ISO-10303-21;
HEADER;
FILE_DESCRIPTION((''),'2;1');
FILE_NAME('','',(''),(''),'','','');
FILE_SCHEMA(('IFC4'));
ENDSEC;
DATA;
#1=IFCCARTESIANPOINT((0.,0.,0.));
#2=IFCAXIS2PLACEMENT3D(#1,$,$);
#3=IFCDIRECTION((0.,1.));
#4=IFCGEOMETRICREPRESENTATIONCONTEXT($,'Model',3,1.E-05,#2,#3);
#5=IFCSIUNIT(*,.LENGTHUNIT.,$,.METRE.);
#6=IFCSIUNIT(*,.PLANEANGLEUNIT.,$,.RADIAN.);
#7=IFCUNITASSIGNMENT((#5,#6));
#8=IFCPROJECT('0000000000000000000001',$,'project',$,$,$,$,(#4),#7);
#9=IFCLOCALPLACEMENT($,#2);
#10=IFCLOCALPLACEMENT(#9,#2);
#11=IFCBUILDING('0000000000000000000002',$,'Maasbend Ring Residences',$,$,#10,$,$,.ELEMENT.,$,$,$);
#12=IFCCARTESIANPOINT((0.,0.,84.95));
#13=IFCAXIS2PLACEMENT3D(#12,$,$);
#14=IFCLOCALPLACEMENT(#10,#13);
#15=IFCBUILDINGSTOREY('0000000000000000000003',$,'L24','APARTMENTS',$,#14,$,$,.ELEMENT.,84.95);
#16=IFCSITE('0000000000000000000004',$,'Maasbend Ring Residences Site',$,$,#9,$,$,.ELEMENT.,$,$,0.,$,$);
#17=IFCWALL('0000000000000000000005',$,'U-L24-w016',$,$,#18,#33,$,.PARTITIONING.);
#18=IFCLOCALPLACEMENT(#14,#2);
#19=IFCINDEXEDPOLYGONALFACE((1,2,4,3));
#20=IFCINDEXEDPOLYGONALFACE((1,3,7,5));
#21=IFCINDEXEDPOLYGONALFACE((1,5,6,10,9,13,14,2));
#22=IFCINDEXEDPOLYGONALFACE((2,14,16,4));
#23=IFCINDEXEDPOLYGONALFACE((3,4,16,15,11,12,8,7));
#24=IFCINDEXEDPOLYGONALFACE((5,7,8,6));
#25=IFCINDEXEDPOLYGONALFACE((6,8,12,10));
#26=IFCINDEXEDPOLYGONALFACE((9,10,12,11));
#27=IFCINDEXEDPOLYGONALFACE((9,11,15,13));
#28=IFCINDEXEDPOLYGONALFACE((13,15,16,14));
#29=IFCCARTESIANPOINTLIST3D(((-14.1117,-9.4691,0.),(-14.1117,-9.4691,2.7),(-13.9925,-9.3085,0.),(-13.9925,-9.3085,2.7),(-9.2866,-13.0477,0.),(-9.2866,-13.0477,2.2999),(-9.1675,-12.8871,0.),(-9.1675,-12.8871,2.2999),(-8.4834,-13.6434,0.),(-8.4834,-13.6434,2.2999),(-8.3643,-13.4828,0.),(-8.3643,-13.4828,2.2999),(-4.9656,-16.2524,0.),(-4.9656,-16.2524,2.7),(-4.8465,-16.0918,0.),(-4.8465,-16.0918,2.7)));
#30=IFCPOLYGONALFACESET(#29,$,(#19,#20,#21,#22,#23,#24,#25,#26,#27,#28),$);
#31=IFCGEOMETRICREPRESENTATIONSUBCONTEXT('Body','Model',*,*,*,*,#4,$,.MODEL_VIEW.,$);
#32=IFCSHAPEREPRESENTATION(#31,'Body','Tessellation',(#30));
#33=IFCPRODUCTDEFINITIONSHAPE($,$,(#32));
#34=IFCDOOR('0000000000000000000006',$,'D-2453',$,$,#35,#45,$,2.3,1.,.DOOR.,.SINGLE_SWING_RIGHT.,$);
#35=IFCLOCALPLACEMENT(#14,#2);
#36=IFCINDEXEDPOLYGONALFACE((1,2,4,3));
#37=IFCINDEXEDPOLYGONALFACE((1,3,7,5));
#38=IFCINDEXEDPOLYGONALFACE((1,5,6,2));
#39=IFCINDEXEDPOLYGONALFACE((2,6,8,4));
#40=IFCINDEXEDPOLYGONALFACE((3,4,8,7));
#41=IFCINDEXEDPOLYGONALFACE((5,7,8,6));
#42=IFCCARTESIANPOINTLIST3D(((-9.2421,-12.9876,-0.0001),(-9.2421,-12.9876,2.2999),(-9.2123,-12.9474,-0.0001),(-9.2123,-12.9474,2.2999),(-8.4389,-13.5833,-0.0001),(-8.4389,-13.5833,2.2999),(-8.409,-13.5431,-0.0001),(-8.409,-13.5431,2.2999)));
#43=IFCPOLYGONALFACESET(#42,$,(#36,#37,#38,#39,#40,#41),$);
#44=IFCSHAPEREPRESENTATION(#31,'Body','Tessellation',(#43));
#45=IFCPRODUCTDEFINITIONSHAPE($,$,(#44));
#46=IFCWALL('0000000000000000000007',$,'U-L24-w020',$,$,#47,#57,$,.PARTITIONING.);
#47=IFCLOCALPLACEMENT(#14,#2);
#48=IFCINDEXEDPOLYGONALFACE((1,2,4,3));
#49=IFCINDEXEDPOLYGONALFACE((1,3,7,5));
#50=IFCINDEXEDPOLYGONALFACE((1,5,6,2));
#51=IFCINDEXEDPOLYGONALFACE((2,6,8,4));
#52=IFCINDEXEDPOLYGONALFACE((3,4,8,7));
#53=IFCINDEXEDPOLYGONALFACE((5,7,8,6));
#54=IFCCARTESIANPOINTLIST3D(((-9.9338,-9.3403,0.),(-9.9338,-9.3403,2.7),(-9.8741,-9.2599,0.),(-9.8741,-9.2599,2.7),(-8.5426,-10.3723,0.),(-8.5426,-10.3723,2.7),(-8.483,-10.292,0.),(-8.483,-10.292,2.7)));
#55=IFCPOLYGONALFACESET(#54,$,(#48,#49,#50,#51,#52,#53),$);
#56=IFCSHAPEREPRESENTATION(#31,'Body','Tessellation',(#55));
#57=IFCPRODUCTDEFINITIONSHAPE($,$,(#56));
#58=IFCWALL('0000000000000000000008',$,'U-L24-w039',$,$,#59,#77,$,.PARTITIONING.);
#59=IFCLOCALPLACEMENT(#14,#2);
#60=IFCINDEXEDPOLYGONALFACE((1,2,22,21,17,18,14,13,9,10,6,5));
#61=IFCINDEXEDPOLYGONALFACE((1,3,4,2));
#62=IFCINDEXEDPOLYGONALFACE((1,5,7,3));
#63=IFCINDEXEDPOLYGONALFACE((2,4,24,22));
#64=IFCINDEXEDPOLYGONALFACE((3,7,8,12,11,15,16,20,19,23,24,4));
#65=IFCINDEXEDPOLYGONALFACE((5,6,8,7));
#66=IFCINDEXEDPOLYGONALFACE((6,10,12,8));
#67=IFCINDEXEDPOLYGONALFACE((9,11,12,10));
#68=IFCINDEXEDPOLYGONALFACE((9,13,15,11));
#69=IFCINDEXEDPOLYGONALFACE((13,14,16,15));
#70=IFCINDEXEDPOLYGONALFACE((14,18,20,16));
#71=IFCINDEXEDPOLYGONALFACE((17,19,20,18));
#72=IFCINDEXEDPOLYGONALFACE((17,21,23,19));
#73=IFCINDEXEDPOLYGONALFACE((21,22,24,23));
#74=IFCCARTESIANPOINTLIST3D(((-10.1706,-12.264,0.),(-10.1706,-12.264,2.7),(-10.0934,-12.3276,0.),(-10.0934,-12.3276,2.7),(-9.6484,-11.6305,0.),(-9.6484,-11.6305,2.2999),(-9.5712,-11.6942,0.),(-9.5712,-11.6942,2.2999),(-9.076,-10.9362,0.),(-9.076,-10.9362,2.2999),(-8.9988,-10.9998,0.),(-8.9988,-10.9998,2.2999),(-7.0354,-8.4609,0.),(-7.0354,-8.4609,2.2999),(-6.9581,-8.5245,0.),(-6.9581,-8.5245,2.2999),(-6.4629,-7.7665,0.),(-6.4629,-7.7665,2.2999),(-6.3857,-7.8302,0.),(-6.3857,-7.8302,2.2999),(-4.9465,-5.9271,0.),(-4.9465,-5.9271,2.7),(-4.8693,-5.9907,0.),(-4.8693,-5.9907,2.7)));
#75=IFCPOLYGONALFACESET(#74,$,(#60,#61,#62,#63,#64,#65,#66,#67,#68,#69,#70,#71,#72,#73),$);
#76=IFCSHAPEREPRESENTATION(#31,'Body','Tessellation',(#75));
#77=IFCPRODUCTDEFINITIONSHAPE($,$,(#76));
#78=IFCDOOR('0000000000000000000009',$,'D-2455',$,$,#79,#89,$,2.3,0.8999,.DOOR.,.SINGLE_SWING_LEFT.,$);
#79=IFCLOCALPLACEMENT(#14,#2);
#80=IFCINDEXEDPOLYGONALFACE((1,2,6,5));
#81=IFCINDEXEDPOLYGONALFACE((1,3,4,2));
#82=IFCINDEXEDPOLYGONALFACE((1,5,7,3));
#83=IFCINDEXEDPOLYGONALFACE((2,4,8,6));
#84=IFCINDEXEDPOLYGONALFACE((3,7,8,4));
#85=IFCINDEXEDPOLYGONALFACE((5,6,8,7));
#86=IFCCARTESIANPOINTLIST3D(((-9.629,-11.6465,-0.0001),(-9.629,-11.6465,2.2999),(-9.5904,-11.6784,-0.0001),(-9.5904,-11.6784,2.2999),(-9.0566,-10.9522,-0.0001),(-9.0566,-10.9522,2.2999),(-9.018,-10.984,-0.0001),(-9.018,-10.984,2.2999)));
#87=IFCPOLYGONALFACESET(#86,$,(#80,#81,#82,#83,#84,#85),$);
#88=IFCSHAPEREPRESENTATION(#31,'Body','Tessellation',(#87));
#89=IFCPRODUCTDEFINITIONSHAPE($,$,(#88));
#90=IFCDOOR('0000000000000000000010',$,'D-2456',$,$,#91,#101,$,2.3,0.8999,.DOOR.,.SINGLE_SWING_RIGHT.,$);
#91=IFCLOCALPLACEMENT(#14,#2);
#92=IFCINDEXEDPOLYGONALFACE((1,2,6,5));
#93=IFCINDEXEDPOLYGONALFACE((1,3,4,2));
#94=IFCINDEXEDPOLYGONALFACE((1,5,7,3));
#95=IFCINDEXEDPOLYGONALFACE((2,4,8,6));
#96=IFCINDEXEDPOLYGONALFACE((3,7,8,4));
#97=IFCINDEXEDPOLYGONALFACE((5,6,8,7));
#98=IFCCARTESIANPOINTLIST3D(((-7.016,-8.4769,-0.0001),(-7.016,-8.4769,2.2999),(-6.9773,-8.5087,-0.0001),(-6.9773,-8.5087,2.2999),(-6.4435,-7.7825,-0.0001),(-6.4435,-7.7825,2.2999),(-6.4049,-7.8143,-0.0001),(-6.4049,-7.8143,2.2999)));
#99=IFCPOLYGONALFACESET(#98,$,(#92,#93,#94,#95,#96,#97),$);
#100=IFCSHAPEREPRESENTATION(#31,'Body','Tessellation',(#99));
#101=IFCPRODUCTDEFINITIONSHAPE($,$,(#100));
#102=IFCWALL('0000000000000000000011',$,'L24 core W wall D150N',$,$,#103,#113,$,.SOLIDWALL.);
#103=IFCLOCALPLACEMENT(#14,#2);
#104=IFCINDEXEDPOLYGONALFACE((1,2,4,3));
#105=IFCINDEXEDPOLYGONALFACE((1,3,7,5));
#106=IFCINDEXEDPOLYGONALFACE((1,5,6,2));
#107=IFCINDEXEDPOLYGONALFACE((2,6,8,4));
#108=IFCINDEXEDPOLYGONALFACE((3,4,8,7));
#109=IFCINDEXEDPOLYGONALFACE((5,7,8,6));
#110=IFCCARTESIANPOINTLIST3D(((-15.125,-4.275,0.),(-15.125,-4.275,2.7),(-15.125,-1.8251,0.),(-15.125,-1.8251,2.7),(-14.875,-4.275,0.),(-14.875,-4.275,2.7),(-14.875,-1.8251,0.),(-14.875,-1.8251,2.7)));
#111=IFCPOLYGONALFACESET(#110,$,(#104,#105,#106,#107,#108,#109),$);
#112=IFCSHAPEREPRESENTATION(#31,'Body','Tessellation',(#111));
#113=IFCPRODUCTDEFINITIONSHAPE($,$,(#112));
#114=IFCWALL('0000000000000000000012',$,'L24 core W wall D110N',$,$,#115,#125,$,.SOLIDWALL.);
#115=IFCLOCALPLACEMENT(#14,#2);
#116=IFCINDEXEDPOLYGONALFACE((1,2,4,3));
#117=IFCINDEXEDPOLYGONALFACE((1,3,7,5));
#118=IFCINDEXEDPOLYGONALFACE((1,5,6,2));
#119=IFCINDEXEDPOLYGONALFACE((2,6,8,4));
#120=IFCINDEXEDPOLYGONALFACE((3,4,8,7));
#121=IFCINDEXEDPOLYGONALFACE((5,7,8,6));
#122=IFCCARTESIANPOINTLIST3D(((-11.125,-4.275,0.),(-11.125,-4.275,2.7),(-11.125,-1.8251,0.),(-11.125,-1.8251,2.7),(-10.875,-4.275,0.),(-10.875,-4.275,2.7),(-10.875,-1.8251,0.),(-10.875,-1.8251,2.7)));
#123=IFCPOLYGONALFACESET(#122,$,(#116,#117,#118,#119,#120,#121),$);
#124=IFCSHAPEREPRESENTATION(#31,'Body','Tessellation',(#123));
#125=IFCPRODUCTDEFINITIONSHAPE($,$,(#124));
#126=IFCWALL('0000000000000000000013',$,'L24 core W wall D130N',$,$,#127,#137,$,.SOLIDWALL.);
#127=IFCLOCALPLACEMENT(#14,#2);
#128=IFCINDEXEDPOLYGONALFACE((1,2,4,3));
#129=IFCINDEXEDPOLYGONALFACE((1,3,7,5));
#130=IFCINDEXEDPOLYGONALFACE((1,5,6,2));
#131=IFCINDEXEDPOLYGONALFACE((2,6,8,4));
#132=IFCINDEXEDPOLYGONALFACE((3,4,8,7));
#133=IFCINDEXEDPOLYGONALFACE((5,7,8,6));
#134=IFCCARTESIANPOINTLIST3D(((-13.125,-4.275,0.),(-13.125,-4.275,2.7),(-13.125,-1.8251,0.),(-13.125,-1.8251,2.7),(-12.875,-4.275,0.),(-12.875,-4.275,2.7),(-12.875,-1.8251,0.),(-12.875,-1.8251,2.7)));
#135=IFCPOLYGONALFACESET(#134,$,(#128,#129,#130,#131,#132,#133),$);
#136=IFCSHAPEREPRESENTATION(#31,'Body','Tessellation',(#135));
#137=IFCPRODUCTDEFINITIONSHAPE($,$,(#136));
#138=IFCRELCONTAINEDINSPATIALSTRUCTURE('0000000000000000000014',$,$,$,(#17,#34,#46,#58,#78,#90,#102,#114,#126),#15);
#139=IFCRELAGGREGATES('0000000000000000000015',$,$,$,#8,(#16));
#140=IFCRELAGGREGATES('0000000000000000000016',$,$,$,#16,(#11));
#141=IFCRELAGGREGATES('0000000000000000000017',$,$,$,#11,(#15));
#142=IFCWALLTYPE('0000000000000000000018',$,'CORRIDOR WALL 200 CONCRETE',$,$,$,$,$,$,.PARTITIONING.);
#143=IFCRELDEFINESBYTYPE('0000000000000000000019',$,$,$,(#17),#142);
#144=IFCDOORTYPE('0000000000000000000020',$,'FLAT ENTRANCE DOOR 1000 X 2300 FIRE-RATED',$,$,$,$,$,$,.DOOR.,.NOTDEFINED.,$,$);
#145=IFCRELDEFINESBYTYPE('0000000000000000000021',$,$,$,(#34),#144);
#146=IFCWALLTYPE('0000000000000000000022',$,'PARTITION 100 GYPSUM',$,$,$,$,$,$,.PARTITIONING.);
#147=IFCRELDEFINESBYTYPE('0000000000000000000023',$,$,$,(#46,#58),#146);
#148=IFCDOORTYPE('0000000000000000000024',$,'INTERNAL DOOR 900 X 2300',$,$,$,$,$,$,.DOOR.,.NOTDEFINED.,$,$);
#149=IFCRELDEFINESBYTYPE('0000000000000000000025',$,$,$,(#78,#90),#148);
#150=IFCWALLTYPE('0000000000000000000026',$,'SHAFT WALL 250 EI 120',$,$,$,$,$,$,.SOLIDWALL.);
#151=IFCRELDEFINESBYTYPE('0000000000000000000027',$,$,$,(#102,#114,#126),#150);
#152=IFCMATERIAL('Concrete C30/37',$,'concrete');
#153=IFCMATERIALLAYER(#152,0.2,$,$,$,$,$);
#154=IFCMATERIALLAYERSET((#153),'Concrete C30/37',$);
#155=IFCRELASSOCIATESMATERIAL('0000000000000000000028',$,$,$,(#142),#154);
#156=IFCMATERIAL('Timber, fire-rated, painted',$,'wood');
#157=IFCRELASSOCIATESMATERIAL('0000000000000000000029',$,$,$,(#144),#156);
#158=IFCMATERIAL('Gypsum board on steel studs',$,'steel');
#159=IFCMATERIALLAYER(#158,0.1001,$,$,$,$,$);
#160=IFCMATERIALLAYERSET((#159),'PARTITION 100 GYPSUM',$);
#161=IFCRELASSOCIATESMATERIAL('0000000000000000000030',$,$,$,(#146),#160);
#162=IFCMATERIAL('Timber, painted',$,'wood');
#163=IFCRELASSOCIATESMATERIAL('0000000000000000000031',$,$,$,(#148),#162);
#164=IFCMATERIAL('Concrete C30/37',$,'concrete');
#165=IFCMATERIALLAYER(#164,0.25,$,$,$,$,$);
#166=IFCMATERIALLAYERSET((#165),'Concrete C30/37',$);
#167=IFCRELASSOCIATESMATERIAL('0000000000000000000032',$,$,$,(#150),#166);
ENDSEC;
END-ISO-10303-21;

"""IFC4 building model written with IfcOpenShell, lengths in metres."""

from ifc_helpers import new_model, si_unit, direction, frame, frame_2d, origin, place, context, subcontext, project, spatial, rectangle, extrude, material, layer, layer_set, type_object, element, fill, save


model = new_model("IFC4")

# Units and contexts
model_context = context("Model", 3, precision=1e-05, world=origin(), true_north=direction((0.0, 1.0)))
body_context = subcontext(model_context, "Body", "Model", "MODEL_VIEW")
ifc_project = project(units=[si_unit("LENGTHUNIT", "METRE"), si_unit("PLANEANGLEUNIT", "RADIAN")], contexts=[model_context])

# Site, building, storey
site_placement = place(None, origin())
site = spatial("IfcSite", under=ifc_project, at=site_placement, Name="Maasbend Ring Residences Site", CompositionType="ELEMENT", RefElevation=0.0)
building_placement = place(site_placement, origin())
building = spatial("IfcBuilding", under=site, at=building_placement, Name="Maasbend Ring Residences", CompositionType="ELEMENT")
storey_placement = place(building_placement, frame((0.0, 0.0, 84.95)))
storey = spatial("IfcBuildingStorey", under=building, at=storey_placement, Name="L24", Description="APARTMENTS", CompositionType="ELEMENT", Elevation=84.95)

# Wall, opening, door
ifc_material_1 = material(Name="Concrete C30/37", Category="concrete")
ifc_layer_1 = layer(ifc_material_1, 0.2)
ifc_layer_set_1 = layer_set([ifc_layer_1], Name="Concrete C30/37")
wall_type_1 = type_object("IfcWallType", Name="CORRIDOR WALL 200 CONCRETE", PredefinedType="PARTITIONING", material=ifc_layer_set_1)
ifc_material_2 = material(Name="Timber, fire-rated, painted", Category="wood")
door_type_1 = type_object("IfcDoorType", Name="FLAT ENTRANCE DOOR 1000 X 2300 FIRE-RATED", OperationType="NOTDEFINED", PredefinedType="DOOR", material=ifc_material_2)
wall_1_placement = place(storey_placement, frame((-14.052, -9.3889, 0.0), z_axis=(0.0, 0.0, 1.0), x_axis=(0.803205, -0.595703, 0.0)))
wall_1 = element("IfcWall", 1, at=wall_1_placement, inside=storey, type_object=wall_type_1, Name="U-L24-w016", PredefinedType="PARTITIONING", context=body_context, shape_type="SweptSolid", body=[
    extrude(rectangle(XDim=11.387, YDim=0.2, at=frame_2d((5.6934, 0.0))), origin(), (0.0, 0.0, 1.0), 2.7),
])
opening_1_placement = place(wall_1_placement, frame((6.0071, 0.0, 0.0)))
opening_1 = element("IfcOpeningElement", 2, at=opening_1_placement, cuts=wall_1, PredefinedType="OPENING", context=body_context, shape_type="SweptSolid", body=[
    extrude(rectangle(XDim=1.0, YDim=2.3, at=frame_2d((0.5, 1.1499))), frame((0.0, 0.1099, 0.0), z_axis=(0.0, -1.0, 0.0), x_axis=(1.0, 0.0, 0.0)), (0.0, 0.0, 1.0), 0.22),
])
door_1_placement = place(opening_1_placement, origin())
door_1 = element("IfcDoor", 3, at=door_1_placement, inside=storey, type_object=door_type_1, Name="D-2453", OperationType="SINGLE_SWING_RIGHT", OverallHeight=2.3, OverallWidth=1.0, PredefinedType="DOOR", context=body_context, shape_type="SweptSolid", body=[
    extrude(rectangle(XDim=1.0, YDim=2.3, at=frame_2d((0.5, 1.1499))), frame((0.0, 0.0249, 0.0), z_axis=(0.0, -1.0, 0.0), x_axis=(1.0, 0.0, 0.0)), (0.0, 0.0, 1.0), 0.05),
])
fill(opening_1, door_1)

# Wall
ifc_material_3 = material(Name="Gypsum board on steel studs", Category="steel")
ifc_layer_2 = layer(ifc_material_3, 0.1001)
ifc_layer_set_2 = layer_set([ifc_layer_2], Name="PARTITION 100 GYPSUM")
wall_type_2 = type_object("IfcWallType", Name="PARTITION 100 GYPSUM", PredefinedType="PARTITIONING", material=ifc_layer_set_2)
wall_2_placement = place(storey_placement, frame((-9.9041, -9.3, 0.0), z_axis=(0.0, 0.0, 1.0), x_axis=(0.803135, -0.595797, 0.0)))
element("IfcWall", 4, at=wall_2_placement, inside=storey, type_object=wall_type_2, Name="U-L24-w020", PredefinedType="PARTITIONING", context=body_context, shape_type="SweptSolid", body=[
    extrude(rectangle(XDim=1.7322, YDim=0.1001, at=frame_2d((0.8662, 0.0))), origin(), (0.0, 0.0, 1.0), 2.7),
])

# Wall, openings, doors
wall_3_placement = place(storey_placement, frame((-10.1321, -12.2959, 0.0), z_axis=(0.0, 0.0, 1.0), x_axis=(0.636105, 0.771602, 0.0)))
wall_3 = element("IfcWall", 5, at=wall_3_placement, inside=storey, type_object=wall_type_2, Name="U-L24-w039", PredefinedType="PARTITIONING", context=body_context, shape_type="SweptSolid", body=[
    extrude(rectangle(XDim=8.2126, YDim=0.1001, at=frame_2d((4.1064, 0.0))), origin(), (0.0, 0.0, 1.0), 2.7),
])
opening_2_placement = place(wall_3_placement, frame((0.821, 0.0, 0.0)))
opening_2 = element("IfcOpeningElement", 6, at=opening_2_placement, cuts=wall_3, PredefinedType="OPENING", context=body_context, shape_type="SweptSolid", body=[
    extrude(rectangle(XDim=0.8999, YDim=2.3, at=frame_2d((0.45, 1.1499))), frame((0.0, 0.0601, 0.0), z_axis=(0.0, -1.0, 0.0), x_axis=(1.0, 0.0, 0.0)), (0.0, 0.0, 1.0), 0.1201),
])
opening_3_placement = place(wall_3_placement, frame((4.929, 0.0, 0.0)))
opening_3 = element("IfcOpeningElement", 7, at=opening_3_placement, cuts=wall_3, PredefinedType="OPENING", context=body_context, shape_type="SweptSolid", body=[
    extrude(rectangle(XDim=0.8999, YDim=2.3, at=frame_2d((0.45, 1.1499))), frame((0.0, 0.0601, 0.0), z_axis=(0.0, -1.0, 0.0), x_axis=(1.0, 0.0, 0.0)), (0.0, 0.0, 1.0), 0.1201),
])
ifc_material_4 = material(Name="Timber, painted", Category="wood")
door_type_2 = type_object("IfcDoorType", Name="INTERNAL DOOR 900 X 2300", OperationType="NOTDEFINED", PredefinedType="DOOR", material=ifc_material_4)
door_2_placement = place(opening_2_placement, origin())
door_2 = element("IfcDoor", 8, at=door_2_placement, inside=storey, type_object=door_type_2, Name="D-2455", OperationType="SINGLE_SWING_LEFT", OverallHeight=2.3, OverallWidth=0.8999, PredefinedType="DOOR", context=body_context, shape_type="SweptSolid", body=[
    extrude(rectangle(XDim=0.8999, YDim=2.3, at=frame_2d((0.45, 1.1499))), frame((0.0, 0.0249, 0.0), z_axis=(0.0, -1.0, 0.0), x_axis=(1.0, 0.0, 0.0)), (0.0, 0.0, 1.0), 0.05),
])
fill(opening_2, door_2)
door_3_placement = place(opening_3_placement, origin())
door_3 = element("IfcDoor", 9, at=door_3_placement, inside=storey, type_object=door_type_2, Name="D-2456", OperationType="SINGLE_SWING_RIGHT", OverallHeight=2.3, OverallWidth=0.8999, PredefinedType="DOOR", context=body_context, shape_type="SweptSolid", body=[
    extrude(rectangle(XDim=0.8999, YDim=2.3, at=frame_2d((0.45, 1.1499))), frame((0.0, 0.0249, 0.0), z_axis=(0.0, -1.0, 0.0), x_axis=(1.0, 0.0, 0.0)), (0.0, 0.0, 1.0), 0.05),
])
fill(opening_3, door_3)

# Walls
ifc_material_5 = material(Name="Concrete C30/37", Category="concrete")
ifc_layer_3 = layer(ifc_material_5, 0.25)
ifc_layer_set_3 = layer_set([ifc_layer_3], Name="Concrete C30/37")
wall_type_3 = type_object("IfcWallType", Name="SHAFT WALL 250 EI 120", PredefinedType="SOLIDWALL", material=ifc_layer_set_3)
for number, where, z_axis, x_axis, name in (
    (10, (-15.0, -1.825, 0.0), (0.0, 0.0, 1.0), (0.0, -1.0, 0.0), "L24 core W wall D150N"),
    (11, (-11.0, -1.825, 0.0), (0.0, 0.0, 1.0), (0.0, -1.0, 0.0), "L24 core W wall D110N"),
    (12, (-13.0, -1.825, 0.0), (0.0, 0.0, 1.0), (0.0, -1.0, 0.0), "L24 core W wall D130N"),
):
    element("IfcWall", number, at=place(storey_placement, frame(where, z_axis=z_axis, x_axis=x_axis)), inside=storey, type_object=wall_type_3, Name=name, PredefinedType="SOLIDWALL", context=body_context, shape_type="SweptSolid", body=[
        extrude(rectangle(XDim=2.45, YDim=0.25, at=frame_2d((1.2251, 0.0))), origin(), (0.0, 0.0, 1.0), 2.7),
    ])

save(model, "model.ifc")
